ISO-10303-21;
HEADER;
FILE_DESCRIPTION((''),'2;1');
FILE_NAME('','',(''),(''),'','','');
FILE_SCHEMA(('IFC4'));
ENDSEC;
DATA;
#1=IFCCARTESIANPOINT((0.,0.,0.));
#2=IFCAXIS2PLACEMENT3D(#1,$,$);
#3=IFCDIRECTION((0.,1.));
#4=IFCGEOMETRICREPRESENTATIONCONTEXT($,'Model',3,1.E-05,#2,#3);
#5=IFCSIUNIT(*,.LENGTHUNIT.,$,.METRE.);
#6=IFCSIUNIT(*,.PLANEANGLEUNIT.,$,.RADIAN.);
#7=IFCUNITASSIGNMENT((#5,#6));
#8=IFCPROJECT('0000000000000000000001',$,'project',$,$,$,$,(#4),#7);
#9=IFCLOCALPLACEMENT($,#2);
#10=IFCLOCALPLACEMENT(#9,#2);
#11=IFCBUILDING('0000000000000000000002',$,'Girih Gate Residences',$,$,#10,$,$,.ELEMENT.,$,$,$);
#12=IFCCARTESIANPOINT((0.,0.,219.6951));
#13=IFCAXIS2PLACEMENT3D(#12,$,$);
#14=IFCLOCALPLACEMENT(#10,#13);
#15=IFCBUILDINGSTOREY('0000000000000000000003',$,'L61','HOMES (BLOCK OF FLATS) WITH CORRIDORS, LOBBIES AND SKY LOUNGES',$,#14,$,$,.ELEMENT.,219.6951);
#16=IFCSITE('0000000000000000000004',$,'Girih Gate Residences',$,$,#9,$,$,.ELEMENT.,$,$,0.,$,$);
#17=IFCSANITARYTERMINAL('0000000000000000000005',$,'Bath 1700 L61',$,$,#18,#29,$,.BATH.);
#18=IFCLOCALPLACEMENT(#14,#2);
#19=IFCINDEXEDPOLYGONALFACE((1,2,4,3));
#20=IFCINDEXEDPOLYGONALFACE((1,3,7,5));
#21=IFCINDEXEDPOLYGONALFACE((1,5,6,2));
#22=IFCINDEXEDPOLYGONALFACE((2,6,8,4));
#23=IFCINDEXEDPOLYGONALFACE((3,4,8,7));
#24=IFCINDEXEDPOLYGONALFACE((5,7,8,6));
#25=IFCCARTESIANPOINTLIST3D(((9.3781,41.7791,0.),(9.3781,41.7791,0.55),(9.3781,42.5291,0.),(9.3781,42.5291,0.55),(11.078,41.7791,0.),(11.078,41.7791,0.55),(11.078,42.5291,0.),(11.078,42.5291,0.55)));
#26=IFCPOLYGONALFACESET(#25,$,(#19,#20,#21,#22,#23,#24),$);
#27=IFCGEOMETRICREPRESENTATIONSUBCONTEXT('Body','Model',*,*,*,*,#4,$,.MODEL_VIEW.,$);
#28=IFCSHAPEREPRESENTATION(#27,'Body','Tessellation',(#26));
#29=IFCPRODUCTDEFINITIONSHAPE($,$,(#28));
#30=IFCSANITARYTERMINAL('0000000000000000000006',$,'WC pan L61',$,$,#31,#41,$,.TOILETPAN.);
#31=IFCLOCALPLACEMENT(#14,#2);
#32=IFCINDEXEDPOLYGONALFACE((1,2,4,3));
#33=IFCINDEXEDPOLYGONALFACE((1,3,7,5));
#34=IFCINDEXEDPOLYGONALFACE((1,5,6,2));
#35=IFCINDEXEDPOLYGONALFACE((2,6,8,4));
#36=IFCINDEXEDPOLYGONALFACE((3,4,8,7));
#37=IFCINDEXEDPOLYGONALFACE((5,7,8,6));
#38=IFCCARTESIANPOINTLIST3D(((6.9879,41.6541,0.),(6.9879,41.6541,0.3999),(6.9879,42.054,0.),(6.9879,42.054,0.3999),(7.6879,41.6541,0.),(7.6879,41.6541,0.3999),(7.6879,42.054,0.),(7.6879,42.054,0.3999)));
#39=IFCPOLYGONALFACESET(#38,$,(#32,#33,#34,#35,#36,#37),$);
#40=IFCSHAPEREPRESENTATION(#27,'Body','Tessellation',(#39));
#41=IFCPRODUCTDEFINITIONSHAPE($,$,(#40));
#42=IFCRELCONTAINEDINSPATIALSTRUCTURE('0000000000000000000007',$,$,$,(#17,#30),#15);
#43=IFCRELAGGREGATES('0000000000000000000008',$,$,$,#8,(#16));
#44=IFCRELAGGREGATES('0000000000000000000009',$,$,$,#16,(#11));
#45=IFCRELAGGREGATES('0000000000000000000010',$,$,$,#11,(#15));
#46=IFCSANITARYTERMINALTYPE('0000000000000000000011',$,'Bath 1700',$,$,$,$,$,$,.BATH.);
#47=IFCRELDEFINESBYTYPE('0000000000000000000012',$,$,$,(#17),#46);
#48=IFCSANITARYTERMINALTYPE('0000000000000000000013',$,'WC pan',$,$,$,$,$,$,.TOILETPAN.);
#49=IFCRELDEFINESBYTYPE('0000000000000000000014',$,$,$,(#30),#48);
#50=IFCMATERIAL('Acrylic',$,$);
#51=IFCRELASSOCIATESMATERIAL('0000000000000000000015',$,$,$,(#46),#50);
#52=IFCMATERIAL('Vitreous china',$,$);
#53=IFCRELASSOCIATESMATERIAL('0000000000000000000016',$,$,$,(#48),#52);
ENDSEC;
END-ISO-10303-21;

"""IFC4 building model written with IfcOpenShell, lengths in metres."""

from ifc_helpers import new_model, si_unit, direction, frame, origin, origin_2d, place, context, subcontext, project, spatial, rectangle, extrude, material, type_object, element, save


model = new_model("IFC4")

# Units and contexts
model_context = context("Model", 3, precision=1e-05, world=origin(), true_north=direction((0.0, 1.0)))
body_context = subcontext(model_context, "Body", "Model", "MODEL_VIEW")
ifc_project = project(units=[si_unit("LENGTHUNIT", "METRE"), si_unit("PLANEANGLEUNIT", "RADIAN")], contexts=[model_context])

# Site, building, storey
site_placement = place(None, origin())
site = spatial("IfcSite", under=ifc_project, at=site_placement, Name="Girih Gate Residences", CompositionType="ELEMENT", RefElevation=0.0)
building_placement = place(site_placement, origin())
building = spatial("IfcBuilding", under=site, at=building_placement, Name="Girih Gate Residences", CompositionType="ELEMENT")
storey_placement = place(building_placement, frame((0.0, 0.0, 219.6951)))
storey = spatial("IfcBuildingStorey", under=building, at=storey_placement, Name="L61", Description="HOMES (BLOCK OF FLATS) WITH CORRIDORS, LOBBIES AND SKY LOUNGES", CompositionType="ELEMENT", Elevation=219.6951)

# Sanitary terminals
ifc_material_1 = material(Name="Acrylic")
sanitary_terminal_type_1 = type_object("IfcSanitaryTerminalType", Name="Bath 1700", PredefinedType="BATH", material=ifc_material_1)
sanitary_terminal_1_placement = place(storey_placement, frame((10.228, 42.1541, 0.0), z_axis=(0.0, 0.0, 1.0), x_axis=(1.0, 0.0, 0.0)))
element("IfcSanitaryTerminal", 1, at=sanitary_terminal_1_placement, inside=storey, type_object=sanitary_terminal_type_1, Name="Bath 1700 L61", PredefinedType="BATH", context=body_context, shape_type="SweptSolid", body=[
    extrude(rectangle(XDim=1.7, YDim=0.75, at=origin_2d()), origin(), (0.0, 0.0, 1.0), 0.55),
])
ifc_material_2 = material(Name="Vitreous china")
sanitary_terminal_type_2 = type_object("IfcSanitaryTerminalType", Name="WC pan", PredefinedType="TOILETPAN", material=ifc_material_2)
sanitary_terminal_2_placement = place(storey_placement, frame((7.3379, 41.854, 0.0), z_axis=(0.0, 0.0, 1.0), x_axis=(1.0, 0.0, 0.0)))
element("IfcSanitaryTerminal", 2, at=sanitary_terminal_2_placement, inside=storey, type_object=sanitary_terminal_type_2, Name="WC pan L61", PredefinedType="TOILETPAN", context=body_context, shape_type="SweptSolid", body=[
    extrude(rectangle(XDim=0.7, YDim=0.3999, at=origin_2d()), origin(), (0.0, 0.0, 1.0), 0.3999),
])

save(model, "model.ifc")
